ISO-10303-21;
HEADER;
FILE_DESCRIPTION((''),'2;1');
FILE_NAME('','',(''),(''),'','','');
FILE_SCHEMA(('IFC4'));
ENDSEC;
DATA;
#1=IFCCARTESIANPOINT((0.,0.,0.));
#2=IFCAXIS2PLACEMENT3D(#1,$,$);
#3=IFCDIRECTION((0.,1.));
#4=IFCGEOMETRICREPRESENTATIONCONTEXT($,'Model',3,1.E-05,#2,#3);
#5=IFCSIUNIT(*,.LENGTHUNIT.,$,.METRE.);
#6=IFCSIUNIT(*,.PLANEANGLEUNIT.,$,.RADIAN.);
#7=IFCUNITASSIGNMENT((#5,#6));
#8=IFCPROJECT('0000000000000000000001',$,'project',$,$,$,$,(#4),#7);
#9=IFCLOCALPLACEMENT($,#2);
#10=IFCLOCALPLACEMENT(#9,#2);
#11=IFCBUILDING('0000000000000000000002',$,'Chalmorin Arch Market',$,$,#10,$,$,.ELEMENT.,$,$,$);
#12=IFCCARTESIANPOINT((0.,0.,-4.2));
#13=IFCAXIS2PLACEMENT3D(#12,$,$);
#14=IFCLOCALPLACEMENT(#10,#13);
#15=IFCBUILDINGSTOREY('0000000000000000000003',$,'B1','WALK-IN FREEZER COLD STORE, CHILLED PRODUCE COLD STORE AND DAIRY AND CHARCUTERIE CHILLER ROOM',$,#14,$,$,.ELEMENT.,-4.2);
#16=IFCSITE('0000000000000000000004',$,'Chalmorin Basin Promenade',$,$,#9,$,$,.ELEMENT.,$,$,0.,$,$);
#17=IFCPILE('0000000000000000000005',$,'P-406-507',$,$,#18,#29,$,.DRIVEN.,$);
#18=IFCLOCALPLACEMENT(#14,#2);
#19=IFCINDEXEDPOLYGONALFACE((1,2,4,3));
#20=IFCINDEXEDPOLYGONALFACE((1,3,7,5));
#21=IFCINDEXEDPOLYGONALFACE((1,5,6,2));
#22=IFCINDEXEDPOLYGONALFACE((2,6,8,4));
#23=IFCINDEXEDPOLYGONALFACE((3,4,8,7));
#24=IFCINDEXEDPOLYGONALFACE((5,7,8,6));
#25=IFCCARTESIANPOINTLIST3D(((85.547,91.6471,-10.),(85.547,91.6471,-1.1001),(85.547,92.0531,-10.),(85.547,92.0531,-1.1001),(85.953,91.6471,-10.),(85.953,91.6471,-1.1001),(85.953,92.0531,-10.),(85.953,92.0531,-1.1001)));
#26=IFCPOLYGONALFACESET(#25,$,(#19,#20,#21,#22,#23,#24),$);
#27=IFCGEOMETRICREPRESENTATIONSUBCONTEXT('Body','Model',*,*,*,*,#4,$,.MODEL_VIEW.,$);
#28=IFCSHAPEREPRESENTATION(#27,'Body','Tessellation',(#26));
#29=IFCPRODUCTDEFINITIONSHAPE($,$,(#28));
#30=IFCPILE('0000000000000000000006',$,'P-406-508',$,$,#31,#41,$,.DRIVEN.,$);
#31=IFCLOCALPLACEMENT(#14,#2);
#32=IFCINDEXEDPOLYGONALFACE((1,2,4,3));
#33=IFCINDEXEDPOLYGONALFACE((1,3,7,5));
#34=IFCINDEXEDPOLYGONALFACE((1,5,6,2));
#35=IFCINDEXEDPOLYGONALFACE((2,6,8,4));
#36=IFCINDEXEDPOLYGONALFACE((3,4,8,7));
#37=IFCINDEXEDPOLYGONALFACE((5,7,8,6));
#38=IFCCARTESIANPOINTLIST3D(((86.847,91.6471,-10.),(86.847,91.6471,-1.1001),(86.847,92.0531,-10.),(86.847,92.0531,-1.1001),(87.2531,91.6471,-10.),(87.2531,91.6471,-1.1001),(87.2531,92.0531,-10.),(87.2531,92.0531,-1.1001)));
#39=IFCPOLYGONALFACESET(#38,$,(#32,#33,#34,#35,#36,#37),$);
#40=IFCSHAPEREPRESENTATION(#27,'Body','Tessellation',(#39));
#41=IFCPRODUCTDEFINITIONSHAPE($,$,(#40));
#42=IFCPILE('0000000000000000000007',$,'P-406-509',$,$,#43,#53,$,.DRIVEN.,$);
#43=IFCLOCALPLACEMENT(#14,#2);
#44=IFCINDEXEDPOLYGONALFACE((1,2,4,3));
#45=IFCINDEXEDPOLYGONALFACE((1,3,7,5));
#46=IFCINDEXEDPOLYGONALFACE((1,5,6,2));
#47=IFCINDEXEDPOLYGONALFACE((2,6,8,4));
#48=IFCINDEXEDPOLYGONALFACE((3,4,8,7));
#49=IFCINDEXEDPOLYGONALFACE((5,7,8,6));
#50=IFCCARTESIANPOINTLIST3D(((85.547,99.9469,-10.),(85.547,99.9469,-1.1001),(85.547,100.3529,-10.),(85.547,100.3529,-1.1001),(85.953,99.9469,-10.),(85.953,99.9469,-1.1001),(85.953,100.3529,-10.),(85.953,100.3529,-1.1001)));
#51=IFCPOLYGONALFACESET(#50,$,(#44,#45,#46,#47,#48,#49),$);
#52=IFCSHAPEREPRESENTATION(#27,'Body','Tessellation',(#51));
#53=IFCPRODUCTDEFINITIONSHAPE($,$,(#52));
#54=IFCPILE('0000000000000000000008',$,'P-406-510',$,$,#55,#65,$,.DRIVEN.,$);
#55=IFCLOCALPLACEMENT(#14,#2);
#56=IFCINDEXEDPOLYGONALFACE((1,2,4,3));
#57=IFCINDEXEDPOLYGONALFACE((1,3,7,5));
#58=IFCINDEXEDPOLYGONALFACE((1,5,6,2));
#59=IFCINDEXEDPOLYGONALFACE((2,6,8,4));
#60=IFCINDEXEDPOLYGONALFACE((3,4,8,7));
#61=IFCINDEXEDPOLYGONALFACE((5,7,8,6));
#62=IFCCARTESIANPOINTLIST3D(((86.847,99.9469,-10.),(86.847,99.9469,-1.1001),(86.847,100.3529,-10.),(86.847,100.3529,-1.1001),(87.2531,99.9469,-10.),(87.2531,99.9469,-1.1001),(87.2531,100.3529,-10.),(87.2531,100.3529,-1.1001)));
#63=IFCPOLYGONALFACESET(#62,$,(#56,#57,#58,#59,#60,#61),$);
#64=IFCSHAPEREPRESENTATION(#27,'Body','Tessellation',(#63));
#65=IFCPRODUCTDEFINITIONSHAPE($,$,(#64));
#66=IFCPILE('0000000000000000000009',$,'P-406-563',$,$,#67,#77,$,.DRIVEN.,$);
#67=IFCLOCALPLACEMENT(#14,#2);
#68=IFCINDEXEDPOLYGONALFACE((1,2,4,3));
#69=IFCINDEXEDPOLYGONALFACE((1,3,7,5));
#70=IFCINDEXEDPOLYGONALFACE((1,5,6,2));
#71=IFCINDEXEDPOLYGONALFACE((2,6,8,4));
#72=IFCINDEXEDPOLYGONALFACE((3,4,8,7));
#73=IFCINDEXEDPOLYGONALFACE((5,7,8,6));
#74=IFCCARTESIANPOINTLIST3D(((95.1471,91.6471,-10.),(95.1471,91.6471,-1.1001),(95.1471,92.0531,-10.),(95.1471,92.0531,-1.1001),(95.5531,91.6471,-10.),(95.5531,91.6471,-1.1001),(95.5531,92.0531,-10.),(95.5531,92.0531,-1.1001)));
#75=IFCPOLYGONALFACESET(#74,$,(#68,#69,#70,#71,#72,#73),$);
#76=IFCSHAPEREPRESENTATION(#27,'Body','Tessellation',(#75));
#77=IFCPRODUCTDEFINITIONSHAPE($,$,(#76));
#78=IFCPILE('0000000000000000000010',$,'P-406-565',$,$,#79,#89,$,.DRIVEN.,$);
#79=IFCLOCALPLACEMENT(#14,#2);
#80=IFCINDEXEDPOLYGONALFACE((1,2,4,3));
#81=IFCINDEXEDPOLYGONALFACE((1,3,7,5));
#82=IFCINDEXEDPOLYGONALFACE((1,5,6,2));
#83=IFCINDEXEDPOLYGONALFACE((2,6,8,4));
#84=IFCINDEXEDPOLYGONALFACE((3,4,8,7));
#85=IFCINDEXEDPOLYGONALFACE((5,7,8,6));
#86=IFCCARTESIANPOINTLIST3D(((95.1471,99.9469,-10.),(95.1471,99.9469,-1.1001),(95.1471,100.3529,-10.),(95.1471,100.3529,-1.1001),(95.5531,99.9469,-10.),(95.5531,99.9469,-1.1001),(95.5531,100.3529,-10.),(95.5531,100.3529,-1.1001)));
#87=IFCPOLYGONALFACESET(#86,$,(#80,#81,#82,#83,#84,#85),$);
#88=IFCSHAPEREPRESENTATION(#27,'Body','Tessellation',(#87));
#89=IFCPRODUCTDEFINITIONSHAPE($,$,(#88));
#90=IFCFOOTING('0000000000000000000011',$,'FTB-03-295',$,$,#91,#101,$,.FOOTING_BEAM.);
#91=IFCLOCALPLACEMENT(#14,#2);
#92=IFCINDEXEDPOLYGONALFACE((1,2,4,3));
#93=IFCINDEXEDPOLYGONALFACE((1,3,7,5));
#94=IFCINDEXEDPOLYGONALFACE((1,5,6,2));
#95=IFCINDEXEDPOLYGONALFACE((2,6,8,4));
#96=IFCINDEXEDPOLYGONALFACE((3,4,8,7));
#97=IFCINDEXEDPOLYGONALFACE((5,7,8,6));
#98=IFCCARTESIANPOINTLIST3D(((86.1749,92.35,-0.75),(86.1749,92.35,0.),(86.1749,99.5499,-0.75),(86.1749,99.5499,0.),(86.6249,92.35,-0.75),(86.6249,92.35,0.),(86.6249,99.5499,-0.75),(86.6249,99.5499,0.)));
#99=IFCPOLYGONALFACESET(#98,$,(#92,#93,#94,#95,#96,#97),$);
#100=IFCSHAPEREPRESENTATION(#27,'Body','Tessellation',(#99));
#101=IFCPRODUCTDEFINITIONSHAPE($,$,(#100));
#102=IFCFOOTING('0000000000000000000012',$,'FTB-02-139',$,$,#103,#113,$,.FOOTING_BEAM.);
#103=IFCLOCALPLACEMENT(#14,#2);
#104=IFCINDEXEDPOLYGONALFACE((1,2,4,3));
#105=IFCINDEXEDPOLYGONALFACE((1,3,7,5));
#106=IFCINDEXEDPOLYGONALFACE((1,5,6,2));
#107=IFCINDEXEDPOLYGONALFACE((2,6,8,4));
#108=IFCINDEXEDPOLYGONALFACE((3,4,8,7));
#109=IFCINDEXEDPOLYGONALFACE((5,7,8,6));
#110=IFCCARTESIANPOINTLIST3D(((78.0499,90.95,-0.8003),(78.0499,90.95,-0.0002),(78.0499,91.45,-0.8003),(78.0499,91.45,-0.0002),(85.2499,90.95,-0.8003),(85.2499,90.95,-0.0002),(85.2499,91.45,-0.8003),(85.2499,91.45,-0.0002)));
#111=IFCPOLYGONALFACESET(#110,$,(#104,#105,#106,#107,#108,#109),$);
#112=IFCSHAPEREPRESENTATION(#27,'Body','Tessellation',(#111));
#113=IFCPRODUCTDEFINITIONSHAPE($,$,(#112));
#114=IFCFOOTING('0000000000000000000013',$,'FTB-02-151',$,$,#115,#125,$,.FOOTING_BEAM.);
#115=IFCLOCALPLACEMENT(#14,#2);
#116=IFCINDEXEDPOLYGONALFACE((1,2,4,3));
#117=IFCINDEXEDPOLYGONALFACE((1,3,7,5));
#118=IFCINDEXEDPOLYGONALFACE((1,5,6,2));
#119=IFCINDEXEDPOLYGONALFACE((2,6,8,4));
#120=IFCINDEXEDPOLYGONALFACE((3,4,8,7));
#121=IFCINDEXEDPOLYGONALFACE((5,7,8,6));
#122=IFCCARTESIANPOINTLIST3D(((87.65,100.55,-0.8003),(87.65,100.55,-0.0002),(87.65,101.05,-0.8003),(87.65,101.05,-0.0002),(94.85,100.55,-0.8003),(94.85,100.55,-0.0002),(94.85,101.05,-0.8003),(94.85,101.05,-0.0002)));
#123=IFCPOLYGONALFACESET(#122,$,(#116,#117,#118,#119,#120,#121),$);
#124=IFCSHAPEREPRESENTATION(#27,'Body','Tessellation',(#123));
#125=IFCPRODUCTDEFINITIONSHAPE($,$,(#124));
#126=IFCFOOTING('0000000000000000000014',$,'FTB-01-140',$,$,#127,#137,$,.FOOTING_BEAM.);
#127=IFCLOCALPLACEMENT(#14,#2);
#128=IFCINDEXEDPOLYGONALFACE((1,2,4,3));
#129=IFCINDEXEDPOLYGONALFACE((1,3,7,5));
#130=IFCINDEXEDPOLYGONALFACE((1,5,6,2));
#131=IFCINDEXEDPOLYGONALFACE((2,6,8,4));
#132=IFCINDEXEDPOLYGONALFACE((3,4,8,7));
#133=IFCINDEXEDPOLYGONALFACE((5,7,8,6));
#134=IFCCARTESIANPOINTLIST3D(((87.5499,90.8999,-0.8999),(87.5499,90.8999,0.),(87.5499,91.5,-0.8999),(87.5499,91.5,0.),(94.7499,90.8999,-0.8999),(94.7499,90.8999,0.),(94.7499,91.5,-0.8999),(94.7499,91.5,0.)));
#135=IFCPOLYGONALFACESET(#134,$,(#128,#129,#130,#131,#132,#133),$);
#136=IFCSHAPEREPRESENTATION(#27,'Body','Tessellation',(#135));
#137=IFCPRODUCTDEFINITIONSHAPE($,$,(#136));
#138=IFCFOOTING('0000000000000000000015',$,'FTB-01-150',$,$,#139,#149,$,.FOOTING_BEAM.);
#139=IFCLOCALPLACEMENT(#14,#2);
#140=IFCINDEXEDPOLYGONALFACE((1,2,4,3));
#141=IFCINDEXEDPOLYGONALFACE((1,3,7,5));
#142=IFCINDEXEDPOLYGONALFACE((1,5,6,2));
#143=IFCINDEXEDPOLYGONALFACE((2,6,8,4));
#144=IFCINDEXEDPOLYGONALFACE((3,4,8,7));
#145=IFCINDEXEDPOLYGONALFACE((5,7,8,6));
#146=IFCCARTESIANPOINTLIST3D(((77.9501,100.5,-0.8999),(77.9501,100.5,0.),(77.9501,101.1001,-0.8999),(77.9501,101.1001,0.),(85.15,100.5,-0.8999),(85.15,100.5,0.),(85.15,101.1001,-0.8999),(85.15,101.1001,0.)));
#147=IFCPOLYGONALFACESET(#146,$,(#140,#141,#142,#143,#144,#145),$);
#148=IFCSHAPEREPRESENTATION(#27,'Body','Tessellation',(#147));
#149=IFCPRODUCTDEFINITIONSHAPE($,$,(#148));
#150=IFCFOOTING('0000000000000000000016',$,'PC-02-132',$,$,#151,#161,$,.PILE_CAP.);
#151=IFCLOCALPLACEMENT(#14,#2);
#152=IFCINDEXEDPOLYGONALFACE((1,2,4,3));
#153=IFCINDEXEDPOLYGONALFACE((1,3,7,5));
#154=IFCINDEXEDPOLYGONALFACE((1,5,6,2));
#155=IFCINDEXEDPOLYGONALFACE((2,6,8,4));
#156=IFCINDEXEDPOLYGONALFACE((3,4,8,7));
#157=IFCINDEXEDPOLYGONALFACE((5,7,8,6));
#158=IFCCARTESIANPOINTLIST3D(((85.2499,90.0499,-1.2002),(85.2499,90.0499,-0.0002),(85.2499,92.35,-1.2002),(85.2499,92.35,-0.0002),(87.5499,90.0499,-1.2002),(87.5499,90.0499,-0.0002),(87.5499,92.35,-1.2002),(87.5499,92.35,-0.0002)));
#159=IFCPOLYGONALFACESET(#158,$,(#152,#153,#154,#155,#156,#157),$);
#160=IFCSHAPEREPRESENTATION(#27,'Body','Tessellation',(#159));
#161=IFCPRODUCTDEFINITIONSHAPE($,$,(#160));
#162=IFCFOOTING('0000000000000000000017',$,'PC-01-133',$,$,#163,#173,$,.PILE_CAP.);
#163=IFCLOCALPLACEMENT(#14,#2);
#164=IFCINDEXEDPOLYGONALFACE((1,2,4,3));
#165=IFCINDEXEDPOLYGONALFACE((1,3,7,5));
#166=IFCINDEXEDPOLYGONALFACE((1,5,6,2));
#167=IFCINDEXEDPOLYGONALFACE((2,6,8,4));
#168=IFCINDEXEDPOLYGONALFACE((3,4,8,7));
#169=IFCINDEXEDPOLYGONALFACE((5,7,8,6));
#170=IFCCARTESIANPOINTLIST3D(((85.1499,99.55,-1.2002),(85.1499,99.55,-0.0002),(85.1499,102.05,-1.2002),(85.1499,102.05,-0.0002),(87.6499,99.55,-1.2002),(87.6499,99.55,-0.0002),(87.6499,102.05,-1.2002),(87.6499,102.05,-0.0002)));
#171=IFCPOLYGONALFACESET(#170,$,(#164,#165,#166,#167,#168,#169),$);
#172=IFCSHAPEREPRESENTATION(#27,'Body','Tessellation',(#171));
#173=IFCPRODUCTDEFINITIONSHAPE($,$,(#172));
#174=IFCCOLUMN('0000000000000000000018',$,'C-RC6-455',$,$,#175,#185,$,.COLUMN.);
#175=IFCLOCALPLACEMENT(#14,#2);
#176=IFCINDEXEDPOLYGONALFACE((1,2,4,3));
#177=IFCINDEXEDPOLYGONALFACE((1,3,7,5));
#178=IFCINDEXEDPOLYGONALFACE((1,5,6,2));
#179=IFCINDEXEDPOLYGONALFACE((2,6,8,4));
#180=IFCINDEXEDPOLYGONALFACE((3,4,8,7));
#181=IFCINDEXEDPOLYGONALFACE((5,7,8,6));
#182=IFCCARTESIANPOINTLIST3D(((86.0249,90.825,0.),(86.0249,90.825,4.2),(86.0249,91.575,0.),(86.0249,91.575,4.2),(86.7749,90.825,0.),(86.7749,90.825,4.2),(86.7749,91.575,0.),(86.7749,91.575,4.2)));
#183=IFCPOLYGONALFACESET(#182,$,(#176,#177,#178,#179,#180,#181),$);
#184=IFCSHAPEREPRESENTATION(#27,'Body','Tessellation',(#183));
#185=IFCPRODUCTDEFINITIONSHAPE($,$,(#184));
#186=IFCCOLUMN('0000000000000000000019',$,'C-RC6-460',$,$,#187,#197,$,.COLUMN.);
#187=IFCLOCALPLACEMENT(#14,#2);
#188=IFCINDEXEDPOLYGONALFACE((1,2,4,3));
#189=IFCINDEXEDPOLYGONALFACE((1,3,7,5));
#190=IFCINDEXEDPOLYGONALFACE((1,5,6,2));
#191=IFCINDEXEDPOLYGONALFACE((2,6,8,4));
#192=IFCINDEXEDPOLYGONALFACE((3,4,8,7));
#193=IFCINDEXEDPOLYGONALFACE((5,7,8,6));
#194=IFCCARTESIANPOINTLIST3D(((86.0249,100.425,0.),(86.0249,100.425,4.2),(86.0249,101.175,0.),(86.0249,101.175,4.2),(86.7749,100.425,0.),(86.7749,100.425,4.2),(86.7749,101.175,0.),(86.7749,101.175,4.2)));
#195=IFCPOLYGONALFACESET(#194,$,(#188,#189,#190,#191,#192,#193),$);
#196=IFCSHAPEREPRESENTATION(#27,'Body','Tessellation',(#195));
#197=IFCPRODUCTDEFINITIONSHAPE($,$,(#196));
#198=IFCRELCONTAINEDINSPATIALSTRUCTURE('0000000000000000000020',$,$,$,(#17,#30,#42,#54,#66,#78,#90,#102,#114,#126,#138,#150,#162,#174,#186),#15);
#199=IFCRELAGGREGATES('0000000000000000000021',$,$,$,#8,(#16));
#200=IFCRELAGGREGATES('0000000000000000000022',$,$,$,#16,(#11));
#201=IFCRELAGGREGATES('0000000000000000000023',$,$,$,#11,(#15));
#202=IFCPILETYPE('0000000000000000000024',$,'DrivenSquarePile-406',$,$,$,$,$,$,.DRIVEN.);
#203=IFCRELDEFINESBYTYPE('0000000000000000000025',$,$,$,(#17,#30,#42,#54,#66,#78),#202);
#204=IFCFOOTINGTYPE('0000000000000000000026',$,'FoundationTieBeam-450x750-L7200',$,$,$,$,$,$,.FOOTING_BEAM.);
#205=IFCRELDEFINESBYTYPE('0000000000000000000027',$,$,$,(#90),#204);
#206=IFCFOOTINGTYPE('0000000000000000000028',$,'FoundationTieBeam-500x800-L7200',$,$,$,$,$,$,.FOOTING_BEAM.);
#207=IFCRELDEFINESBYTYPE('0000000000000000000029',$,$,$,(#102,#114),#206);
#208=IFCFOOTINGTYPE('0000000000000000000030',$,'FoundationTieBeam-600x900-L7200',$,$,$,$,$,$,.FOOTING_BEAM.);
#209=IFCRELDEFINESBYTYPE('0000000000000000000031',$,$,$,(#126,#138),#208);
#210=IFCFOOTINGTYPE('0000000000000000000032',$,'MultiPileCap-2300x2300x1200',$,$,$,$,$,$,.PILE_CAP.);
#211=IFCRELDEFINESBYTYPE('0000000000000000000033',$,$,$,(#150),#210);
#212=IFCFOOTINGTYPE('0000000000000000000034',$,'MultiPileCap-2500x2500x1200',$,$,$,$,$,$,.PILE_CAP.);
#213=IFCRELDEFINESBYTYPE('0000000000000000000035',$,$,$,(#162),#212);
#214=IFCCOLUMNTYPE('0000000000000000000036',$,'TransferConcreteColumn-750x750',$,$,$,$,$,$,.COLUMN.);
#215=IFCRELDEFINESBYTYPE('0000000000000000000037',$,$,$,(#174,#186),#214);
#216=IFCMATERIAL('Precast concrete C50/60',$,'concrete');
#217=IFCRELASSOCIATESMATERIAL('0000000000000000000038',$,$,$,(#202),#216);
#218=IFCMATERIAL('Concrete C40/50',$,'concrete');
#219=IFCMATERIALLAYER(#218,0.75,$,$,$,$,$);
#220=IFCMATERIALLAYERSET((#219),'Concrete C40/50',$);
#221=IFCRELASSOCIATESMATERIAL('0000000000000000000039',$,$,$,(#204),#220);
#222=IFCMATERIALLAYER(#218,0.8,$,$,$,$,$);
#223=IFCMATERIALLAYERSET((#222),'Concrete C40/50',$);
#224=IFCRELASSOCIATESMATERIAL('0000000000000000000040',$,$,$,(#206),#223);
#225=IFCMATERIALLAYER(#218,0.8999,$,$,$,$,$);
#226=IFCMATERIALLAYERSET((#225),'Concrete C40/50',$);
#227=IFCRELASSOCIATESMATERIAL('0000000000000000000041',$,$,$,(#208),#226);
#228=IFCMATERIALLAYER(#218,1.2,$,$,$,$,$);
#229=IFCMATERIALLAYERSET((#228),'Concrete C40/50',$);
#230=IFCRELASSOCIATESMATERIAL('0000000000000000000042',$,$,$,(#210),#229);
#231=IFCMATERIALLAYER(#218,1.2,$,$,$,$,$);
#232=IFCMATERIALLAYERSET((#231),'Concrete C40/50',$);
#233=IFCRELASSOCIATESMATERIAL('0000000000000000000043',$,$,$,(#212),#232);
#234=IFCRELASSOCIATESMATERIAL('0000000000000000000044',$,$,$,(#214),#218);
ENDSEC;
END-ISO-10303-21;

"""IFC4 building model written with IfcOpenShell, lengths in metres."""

from ifc_helpers import new_model, si_unit, direction, frame, origin, origin_2d, place, context, subcontext, project, spatial, rectangle, extrude, material, layer, layer_set, material_profile, profile_set, type_object, element, save


model = new_model("IFC4")

# Units and contexts
model_context = context("Model", 3, precision=1e-05, world=origin(), true_north=direction((0.0, 1.0)))
body_context = subcontext(model_context, "Body", "Model", "MODEL_VIEW")
ifc_project = project(units=[si_unit("LENGTHUNIT", "METRE"), si_unit("PLANEANGLEUNIT", "RADIAN")], contexts=[model_context])

# Site, building, storey
site_placement = place(None, origin())
site = spatial("IfcSite", under=ifc_project, at=site_placement, Name="Chalmorin Basin Promenade", CompositionType="ELEMENT", RefElevation=0.0)
building_placement = place(site_placement, origin())
building = spatial("IfcBuilding", under=site, at=building_placement, Name="Chalmorin Arch Market", CompositionType="ELEMENT")
storey_placement = place(building_placement, frame((0.0, 0.0, -4.2)))
storey = spatial("IfcBuildingStorey", under=building, at=storey_placement, Name="B1", Description="WALK-IN FREEZER COLD STORE, CHILLED PRODUCE COLD STORE AND DAIRY AND CHARCUTERIE CHILLER ROOM", CompositionType="ELEMENT", Elevation=-4.2)

# Piles
ifc_material_1 = material(Name="Precast concrete C50/60", Category="concrete")
ifc_material_profile_1 = material_profile(ifc_material_1, rectangle(XDim=0.406, YDim=0.406, at=origin_2d()), Name="PPC406")
ifc_profile_set_1 = profile_set([ifc_material_profile_1], Name="Precast concrete C50/60")
pile_type = type_object("IfcPileType", Name="DrivenSquarePile-406", PredefinedType="DRIVEN", material=ifc_profile_set_1)
for number, where, z_axis, x_axis, name in (
    (1, (85.75, 91.8501, -1.1001), (0.0, 0.0, -1.0), (1.0, 0.0, 0.0), "P-406-507"),
    (2, (87.05, 91.8501, -1.1001), (0.0, 0.0, -1.0), (1.0, 0.0, 0.0), "P-406-508"),
    (3, (85.75, 100.1499, -1.1001), (0.0, 0.0, -1.0), (1.0, 0.0, 0.0), "P-406-509"),
    (4, (87.05, 100.1499, -1.1001), (0.0, 0.0, -1.0), (1.0, 0.0, 0.0), "P-406-510"),
    (5, (95.3501, 91.8501, -1.1001), (0.0, 0.0, -1.0), (1.0, 0.0, 0.0), "P-406-563"),
    (6, (95.3501, 100.1499, -1.1001), (0.0, 0.0, -1.0), (1.0, 0.0, 0.0), "P-406-565"),
):
    element("IfcPile", number, at=place(storey_placement, frame(where, z_axis=z_axis, x_axis=x_axis)), inside=storey, type_object=pile_type, Name=name, PredefinedType="DRIVEN", context=body_context, shape_type="SweptSolid", body=[
        extrude(rectangle(XDim=0.406, YDim=0.406, at=origin_2d()), origin(), (0.0, 0.0, 1.0), 8.8999),
    ])

# Footings
ifc_material_2 = material(Name="Concrete C40/50", Category="concrete")
ifc_layer_1 = layer(ifc_material_2, 0.75)
ifc_layer_set_1 = layer_set([ifc_layer_1], Name="Concrete C40/50")
footing_type_1 = type_object("IfcFootingType", Name="FoundationTieBeam-450x750-L7200", PredefinedType="FOOTING_BEAM", material=ifc_layer_set_1)
footing_1_placement = place(storey_placement, frame((86.3999, 95.95, -0.75), z_axis=(0.0, 0.0, 1.0), x_axis=(0.0, 1.0, 0.0)))
element("IfcFooting", 7, at=footing_1_placement, inside=storey, type_object=footing_type_1, Name="FTB-03-295", PredefinedType="FOOTING_BEAM", context=body_context, shape_type="SweptSolid", body=[
    extrude(rectangle(XDim=7.2, YDim=0.45, at=origin_2d()), origin(), (0.0, 0.0, 1.0), 0.75),
])
ifc_layer_2 = layer(ifc_material_2, 0.8)
ifc_layer_set_2 = layer_set([ifc_layer_2], Name="Concrete C40/50")
footing_type_2 = type_object("IfcFootingType", Name="FoundationTieBeam-500x800-L7200", PredefinedType="FOOTING_BEAM", material=ifc_layer_set_2)
for number, where, z_axis, x_axis, name in (
    (8, (81.6499, 91.2, -0.8003), (0.0, 0.0, 1.0), (1.0, 0.0, 0.0), "FTB-02-139"),
    (9, (91.25, 100.8, -0.8003), (0.0, 0.0, 1.0), (1.0, 0.0, 0.0), "FTB-02-151"),
):
    element("IfcFooting", number, at=place(storey_placement, frame(where, z_axis=z_axis, x_axis=x_axis)), inside=storey, type_object=footing_type_2, Name=name, PredefinedType="FOOTING_BEAM", context=body_context, shape_type="SweptSolid", body=[
        extrude(rectangle(XDim=7.2, YDim=0.5, at=origin_2d()), origin(), (0.0, 0.0, 1.0), 0.8),
    ])
ifc_layer_3 = layer(ifc_material_2, 0.8999)
ifc_layer_set_3 = layer_set([ifc_layer_3], Name="Concrete C40/50")
footing_type_3 = type_object("IfcFootingType", Name="FoundationTieBeam-600x900-L7200", PredefinedType="FOOTING_BEAM", material=ifc_layer_set_3)
for number, where, z_axis, x_axis, name in (
    (10, (91.1499, 91.2, -0.8999), (0.0, 0.0, 1.0), (1.0, 0.0, 0.0), "FTB-01-140"),
    (11, (81.55, 100.8, -0.8999), (0.0, 0.0, 1.0), (1.0, 0.0, 0.0), "FTB-01-150"),
):
    element("IfcFooting", number, at=place(storey_placement, frame(where, z_axis=z_axis, x_axis=x_axis)), inside=storey, type_object=footing_type_3, Name=name, PredefinedType="FOOTING_BEAM", context=body_context, shape_type="SweptSolid", body=[
        extrude(rectangle(XDim=7.2, YDim=0.6001, at=origin_2d()), origin(), (0.0, 0.0, 1.0), 0.8999),
    ])
ifc_layer_4 = layer(ifc_material_2, 1.2)
ifc_layer_set_4 = layer_set([ifc_layer_4], Name="Concrete C40/50")
footing_type_4 = type_object("IfcFootingType", Name="MultiPileCap-2300x2300x1200", PredefinedType="PILE_CAP", material=ifc_layer_set_4)
footing_2_placement = place(storey_placement, frame((86.3999, 91.2, -1.2002), z_axis=(0.0, 0.0, 1.0), x_axis=(1.0, 0.0, 0.0)))
element("IfcFooting", 12, at=footing_2_placement, inside=storey, type_object=footing_type_4, Name="PC-02-132", PredefinedType="PILE_CAP", context=body_context, shape_type="SweptSolid", body=[
    extrude(rectangle(XDim=2.3, YDim=2.3, at=origin_2d()), origin(), (0.0, 0.0, 1.0), 1.2),
])
ifc_layer_5 = layer(ifc_material_2, 1.2)
ifc_layer_set_5 = layer_set([ifc_layer_5], Name="Concrete C40/50")
footing_type_5 = type_object("IfcFootingType", Name="MultiPileCap-2500x2500x1200", PredefinedType="PILE_CAP", material=ifc_layer_set_5)
footing_3_placement = place(storey_placement, frame((86.3999, 100.8, -1.2002), z_axis=(0.0, 0.0, 1.0), x_axis=(1.0, 0.0, 0.0)))
element("IfcFooting", 13, at=footing_3_placement, inside=storey, type_object=footing_type_5, Name="PC-01-133", PredefinedType="PILE_CAP", context=body_context, shape_type="SweptSolid", body=[
    extrude(rectangle(XDim=2.5, YDim=2.5, at=origin_2d()), origin(), (0.0, 0.0, 1.0), 1.2),
])

# Columns
ifc_material_profile_2 = material_profile(ifc_material_2, rectangle(XDim=0.75, YDim=0.75, at=origin_2d()), Name="RC750X750")
ifc_profile_set_2 = profile_set([ifc_material_profile_2], Name="Concrete C40/50")
column_type = type_object("IfcColumnType", Name="TransferConcreteColumn-750x750", PredefinedType="COLUMN", material=ifc_profile_set_2)
for number, where, z_axis, x_axis, name in (
    (14, (86.3999, 91.2, 0.0), (0.0, 0.0, 1.0), (1.0, 0.0, 0.0), "C-RC6-455"),
    (15, (86.3999, 100.8, 0.0), (0.0, 0.0, 1.0), (1.0, 0.0, 0.0), "C-RC6-460"),
):
    element("IfcColumn", number, at=place(storey_placement, frame(where, z_axis=z_axis, x_axis=x_axis)), inside=storey, type_object=column_type, Name=name, PredefinedType="COLUMN", context=body_context, shape_type="SweptSolid", body=[
        extrude(rectangle(XDim=0.75, YDim=0.75, at=origin_2d()), origin(), (0.0, 0.0, 1.0), 4.2),
    ])

save(model, "model.ifc")
